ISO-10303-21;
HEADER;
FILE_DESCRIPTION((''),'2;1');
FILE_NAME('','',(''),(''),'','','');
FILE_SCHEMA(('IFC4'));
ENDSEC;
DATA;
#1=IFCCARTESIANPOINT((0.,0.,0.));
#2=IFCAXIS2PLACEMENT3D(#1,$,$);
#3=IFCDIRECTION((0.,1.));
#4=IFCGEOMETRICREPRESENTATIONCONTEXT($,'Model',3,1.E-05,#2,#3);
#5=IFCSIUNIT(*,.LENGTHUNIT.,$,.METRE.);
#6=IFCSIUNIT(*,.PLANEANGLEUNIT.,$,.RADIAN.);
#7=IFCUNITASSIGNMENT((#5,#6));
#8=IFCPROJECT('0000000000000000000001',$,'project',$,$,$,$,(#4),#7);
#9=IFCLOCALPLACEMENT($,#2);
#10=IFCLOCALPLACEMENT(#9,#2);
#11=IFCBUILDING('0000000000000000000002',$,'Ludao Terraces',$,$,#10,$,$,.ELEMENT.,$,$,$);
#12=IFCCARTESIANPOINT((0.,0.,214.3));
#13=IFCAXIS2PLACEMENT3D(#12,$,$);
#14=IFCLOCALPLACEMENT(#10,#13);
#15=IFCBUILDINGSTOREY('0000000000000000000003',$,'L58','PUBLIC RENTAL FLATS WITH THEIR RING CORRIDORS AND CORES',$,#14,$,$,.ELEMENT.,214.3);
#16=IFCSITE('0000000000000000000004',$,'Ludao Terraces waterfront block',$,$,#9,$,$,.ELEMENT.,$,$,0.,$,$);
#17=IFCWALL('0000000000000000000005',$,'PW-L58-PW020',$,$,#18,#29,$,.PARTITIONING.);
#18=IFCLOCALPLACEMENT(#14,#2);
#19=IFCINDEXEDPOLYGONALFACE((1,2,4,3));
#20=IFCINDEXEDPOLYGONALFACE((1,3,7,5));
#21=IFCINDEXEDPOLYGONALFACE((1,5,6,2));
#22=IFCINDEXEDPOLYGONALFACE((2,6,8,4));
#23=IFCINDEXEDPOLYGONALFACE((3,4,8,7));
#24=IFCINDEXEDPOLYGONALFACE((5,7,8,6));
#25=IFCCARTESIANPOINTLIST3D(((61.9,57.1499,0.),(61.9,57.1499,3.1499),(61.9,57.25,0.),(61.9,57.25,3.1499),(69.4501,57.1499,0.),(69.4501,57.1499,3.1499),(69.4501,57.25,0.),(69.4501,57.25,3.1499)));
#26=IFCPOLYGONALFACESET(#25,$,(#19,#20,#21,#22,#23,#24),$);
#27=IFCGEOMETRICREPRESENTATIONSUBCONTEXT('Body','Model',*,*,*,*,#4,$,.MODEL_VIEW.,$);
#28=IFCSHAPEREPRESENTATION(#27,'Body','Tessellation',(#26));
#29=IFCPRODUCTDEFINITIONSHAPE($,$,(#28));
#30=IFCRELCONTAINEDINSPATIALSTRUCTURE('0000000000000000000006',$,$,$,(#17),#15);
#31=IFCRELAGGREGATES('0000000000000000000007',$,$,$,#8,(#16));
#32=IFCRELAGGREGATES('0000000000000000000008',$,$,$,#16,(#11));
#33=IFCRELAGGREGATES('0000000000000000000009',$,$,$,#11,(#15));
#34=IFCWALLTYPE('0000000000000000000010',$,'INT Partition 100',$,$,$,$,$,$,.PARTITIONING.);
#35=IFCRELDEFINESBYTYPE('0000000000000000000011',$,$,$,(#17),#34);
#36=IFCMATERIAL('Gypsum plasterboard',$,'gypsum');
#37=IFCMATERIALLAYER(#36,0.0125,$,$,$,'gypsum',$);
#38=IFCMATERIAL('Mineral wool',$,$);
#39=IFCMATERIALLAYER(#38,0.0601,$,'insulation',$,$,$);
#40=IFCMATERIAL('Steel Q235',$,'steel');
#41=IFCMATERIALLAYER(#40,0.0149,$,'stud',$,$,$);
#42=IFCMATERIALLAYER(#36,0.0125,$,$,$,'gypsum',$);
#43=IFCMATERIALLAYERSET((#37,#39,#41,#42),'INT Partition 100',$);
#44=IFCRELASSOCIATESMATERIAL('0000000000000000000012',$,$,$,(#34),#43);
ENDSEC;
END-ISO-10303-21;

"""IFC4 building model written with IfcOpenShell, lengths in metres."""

from ifc_helpers import new_model, si_unit, direction, frame, frame_2d, origin, place, context, subcontext, project, spatial, rectangle, extrude, material, layer, layer_set, type_object, element, save


model = new_model("IFC4")

# Units and contexts
model_context = context("Model", 3, precision=1e-05, world=origin(), true_north=direction((0.0, 1.0)))
body_context = subcontext(model_context, "Body", "Model", "MODEL_VIEW")
ifc_project = project(units=[si_unit("LENGTHUNIT", "METRE"), si_unit("PLANEANGLEUNIT", "RADIAN")], contexts=[model_context])

# Site, building, storey
site_placement = place(None, origin())
site = spatial("IfcSite", under=ifc_project, at=site_placement, Name="Ludao Terraces waterfront block", CompositionType="ELEMENT", RefElevation=0.0)
building_placement = place(site_placement, origin())
building = spatial("IfcBuilding", under=site, at=building_placement, Name="Ludao Terraces", CompositionType="ELEMENT")
storey_placement = place(building_placement, frame((0.0, 0.0, 214.3)))
storey = spatial("IfcBuildingStorey", under=building, at=storey_placement, Name="L58", Description="PUBLIC RENTAL FLATS WITH THEIR RING CORRIDORS AND CORES", CompositionType="ELEMENT", Elevation=214.3)

# Shared definitions
ifc_material_1 = material(Name="Mineral wool")

# Shared definitions
ifc_material_2 = material(Name="Gypsum plasterboard", Category="gypsum")
ifc_layer_1 = layer(ifc_material_2, 0.0125, Category="gypsum")
ifc_layer_2 = layer(ifc_material_1, 0.0601, Name="insulation")
ifc_material_3 = material(Name="Steel Q235", Category="steel")
ifc_layer_3 = layer(ifc_material_3, 0.0149, Name="stud")
ifc_layer_4 = layer(ifc_material_2, 0.0125, Category="gypsum")
ifc_layer_set_1 = layer_set([ifc_layer_1, ifc_layer_2, ifc_layer_3, ifc_layer_4], Name="INT Partition 100")
wall_type_1 = type_object("IfcWallType", Name="INT Partition 100", PredefinedType="PARTITIONING", material=ifc_layer_set_1)

# Wall
for number, where, z_axis, x_axis, name in (
    (1, (61.9001, 57.2, 0.0), (0.0, 0.0, 1.0), (1.0, 0.0, 0.0), "PW-L58-PW020"),
):
    element("IfcWall", number, at=place(storey_placement, frame(where, z_axis=z_axis, x_axis=x_axis)), inside=storey, type_object=wall_type_1, Name=name, PredefinedType="PARTITIONING", context=body_context, shape_type="SweptSolid", body=[
        extrude(rectangle(XDim=7.55, YDim=0.1001, at=frame_2d((3.7749, 0.0))), origin(), (0.0, 0.0, 1.0), 3.1499),
    ])

save(model, "model.ifc")
